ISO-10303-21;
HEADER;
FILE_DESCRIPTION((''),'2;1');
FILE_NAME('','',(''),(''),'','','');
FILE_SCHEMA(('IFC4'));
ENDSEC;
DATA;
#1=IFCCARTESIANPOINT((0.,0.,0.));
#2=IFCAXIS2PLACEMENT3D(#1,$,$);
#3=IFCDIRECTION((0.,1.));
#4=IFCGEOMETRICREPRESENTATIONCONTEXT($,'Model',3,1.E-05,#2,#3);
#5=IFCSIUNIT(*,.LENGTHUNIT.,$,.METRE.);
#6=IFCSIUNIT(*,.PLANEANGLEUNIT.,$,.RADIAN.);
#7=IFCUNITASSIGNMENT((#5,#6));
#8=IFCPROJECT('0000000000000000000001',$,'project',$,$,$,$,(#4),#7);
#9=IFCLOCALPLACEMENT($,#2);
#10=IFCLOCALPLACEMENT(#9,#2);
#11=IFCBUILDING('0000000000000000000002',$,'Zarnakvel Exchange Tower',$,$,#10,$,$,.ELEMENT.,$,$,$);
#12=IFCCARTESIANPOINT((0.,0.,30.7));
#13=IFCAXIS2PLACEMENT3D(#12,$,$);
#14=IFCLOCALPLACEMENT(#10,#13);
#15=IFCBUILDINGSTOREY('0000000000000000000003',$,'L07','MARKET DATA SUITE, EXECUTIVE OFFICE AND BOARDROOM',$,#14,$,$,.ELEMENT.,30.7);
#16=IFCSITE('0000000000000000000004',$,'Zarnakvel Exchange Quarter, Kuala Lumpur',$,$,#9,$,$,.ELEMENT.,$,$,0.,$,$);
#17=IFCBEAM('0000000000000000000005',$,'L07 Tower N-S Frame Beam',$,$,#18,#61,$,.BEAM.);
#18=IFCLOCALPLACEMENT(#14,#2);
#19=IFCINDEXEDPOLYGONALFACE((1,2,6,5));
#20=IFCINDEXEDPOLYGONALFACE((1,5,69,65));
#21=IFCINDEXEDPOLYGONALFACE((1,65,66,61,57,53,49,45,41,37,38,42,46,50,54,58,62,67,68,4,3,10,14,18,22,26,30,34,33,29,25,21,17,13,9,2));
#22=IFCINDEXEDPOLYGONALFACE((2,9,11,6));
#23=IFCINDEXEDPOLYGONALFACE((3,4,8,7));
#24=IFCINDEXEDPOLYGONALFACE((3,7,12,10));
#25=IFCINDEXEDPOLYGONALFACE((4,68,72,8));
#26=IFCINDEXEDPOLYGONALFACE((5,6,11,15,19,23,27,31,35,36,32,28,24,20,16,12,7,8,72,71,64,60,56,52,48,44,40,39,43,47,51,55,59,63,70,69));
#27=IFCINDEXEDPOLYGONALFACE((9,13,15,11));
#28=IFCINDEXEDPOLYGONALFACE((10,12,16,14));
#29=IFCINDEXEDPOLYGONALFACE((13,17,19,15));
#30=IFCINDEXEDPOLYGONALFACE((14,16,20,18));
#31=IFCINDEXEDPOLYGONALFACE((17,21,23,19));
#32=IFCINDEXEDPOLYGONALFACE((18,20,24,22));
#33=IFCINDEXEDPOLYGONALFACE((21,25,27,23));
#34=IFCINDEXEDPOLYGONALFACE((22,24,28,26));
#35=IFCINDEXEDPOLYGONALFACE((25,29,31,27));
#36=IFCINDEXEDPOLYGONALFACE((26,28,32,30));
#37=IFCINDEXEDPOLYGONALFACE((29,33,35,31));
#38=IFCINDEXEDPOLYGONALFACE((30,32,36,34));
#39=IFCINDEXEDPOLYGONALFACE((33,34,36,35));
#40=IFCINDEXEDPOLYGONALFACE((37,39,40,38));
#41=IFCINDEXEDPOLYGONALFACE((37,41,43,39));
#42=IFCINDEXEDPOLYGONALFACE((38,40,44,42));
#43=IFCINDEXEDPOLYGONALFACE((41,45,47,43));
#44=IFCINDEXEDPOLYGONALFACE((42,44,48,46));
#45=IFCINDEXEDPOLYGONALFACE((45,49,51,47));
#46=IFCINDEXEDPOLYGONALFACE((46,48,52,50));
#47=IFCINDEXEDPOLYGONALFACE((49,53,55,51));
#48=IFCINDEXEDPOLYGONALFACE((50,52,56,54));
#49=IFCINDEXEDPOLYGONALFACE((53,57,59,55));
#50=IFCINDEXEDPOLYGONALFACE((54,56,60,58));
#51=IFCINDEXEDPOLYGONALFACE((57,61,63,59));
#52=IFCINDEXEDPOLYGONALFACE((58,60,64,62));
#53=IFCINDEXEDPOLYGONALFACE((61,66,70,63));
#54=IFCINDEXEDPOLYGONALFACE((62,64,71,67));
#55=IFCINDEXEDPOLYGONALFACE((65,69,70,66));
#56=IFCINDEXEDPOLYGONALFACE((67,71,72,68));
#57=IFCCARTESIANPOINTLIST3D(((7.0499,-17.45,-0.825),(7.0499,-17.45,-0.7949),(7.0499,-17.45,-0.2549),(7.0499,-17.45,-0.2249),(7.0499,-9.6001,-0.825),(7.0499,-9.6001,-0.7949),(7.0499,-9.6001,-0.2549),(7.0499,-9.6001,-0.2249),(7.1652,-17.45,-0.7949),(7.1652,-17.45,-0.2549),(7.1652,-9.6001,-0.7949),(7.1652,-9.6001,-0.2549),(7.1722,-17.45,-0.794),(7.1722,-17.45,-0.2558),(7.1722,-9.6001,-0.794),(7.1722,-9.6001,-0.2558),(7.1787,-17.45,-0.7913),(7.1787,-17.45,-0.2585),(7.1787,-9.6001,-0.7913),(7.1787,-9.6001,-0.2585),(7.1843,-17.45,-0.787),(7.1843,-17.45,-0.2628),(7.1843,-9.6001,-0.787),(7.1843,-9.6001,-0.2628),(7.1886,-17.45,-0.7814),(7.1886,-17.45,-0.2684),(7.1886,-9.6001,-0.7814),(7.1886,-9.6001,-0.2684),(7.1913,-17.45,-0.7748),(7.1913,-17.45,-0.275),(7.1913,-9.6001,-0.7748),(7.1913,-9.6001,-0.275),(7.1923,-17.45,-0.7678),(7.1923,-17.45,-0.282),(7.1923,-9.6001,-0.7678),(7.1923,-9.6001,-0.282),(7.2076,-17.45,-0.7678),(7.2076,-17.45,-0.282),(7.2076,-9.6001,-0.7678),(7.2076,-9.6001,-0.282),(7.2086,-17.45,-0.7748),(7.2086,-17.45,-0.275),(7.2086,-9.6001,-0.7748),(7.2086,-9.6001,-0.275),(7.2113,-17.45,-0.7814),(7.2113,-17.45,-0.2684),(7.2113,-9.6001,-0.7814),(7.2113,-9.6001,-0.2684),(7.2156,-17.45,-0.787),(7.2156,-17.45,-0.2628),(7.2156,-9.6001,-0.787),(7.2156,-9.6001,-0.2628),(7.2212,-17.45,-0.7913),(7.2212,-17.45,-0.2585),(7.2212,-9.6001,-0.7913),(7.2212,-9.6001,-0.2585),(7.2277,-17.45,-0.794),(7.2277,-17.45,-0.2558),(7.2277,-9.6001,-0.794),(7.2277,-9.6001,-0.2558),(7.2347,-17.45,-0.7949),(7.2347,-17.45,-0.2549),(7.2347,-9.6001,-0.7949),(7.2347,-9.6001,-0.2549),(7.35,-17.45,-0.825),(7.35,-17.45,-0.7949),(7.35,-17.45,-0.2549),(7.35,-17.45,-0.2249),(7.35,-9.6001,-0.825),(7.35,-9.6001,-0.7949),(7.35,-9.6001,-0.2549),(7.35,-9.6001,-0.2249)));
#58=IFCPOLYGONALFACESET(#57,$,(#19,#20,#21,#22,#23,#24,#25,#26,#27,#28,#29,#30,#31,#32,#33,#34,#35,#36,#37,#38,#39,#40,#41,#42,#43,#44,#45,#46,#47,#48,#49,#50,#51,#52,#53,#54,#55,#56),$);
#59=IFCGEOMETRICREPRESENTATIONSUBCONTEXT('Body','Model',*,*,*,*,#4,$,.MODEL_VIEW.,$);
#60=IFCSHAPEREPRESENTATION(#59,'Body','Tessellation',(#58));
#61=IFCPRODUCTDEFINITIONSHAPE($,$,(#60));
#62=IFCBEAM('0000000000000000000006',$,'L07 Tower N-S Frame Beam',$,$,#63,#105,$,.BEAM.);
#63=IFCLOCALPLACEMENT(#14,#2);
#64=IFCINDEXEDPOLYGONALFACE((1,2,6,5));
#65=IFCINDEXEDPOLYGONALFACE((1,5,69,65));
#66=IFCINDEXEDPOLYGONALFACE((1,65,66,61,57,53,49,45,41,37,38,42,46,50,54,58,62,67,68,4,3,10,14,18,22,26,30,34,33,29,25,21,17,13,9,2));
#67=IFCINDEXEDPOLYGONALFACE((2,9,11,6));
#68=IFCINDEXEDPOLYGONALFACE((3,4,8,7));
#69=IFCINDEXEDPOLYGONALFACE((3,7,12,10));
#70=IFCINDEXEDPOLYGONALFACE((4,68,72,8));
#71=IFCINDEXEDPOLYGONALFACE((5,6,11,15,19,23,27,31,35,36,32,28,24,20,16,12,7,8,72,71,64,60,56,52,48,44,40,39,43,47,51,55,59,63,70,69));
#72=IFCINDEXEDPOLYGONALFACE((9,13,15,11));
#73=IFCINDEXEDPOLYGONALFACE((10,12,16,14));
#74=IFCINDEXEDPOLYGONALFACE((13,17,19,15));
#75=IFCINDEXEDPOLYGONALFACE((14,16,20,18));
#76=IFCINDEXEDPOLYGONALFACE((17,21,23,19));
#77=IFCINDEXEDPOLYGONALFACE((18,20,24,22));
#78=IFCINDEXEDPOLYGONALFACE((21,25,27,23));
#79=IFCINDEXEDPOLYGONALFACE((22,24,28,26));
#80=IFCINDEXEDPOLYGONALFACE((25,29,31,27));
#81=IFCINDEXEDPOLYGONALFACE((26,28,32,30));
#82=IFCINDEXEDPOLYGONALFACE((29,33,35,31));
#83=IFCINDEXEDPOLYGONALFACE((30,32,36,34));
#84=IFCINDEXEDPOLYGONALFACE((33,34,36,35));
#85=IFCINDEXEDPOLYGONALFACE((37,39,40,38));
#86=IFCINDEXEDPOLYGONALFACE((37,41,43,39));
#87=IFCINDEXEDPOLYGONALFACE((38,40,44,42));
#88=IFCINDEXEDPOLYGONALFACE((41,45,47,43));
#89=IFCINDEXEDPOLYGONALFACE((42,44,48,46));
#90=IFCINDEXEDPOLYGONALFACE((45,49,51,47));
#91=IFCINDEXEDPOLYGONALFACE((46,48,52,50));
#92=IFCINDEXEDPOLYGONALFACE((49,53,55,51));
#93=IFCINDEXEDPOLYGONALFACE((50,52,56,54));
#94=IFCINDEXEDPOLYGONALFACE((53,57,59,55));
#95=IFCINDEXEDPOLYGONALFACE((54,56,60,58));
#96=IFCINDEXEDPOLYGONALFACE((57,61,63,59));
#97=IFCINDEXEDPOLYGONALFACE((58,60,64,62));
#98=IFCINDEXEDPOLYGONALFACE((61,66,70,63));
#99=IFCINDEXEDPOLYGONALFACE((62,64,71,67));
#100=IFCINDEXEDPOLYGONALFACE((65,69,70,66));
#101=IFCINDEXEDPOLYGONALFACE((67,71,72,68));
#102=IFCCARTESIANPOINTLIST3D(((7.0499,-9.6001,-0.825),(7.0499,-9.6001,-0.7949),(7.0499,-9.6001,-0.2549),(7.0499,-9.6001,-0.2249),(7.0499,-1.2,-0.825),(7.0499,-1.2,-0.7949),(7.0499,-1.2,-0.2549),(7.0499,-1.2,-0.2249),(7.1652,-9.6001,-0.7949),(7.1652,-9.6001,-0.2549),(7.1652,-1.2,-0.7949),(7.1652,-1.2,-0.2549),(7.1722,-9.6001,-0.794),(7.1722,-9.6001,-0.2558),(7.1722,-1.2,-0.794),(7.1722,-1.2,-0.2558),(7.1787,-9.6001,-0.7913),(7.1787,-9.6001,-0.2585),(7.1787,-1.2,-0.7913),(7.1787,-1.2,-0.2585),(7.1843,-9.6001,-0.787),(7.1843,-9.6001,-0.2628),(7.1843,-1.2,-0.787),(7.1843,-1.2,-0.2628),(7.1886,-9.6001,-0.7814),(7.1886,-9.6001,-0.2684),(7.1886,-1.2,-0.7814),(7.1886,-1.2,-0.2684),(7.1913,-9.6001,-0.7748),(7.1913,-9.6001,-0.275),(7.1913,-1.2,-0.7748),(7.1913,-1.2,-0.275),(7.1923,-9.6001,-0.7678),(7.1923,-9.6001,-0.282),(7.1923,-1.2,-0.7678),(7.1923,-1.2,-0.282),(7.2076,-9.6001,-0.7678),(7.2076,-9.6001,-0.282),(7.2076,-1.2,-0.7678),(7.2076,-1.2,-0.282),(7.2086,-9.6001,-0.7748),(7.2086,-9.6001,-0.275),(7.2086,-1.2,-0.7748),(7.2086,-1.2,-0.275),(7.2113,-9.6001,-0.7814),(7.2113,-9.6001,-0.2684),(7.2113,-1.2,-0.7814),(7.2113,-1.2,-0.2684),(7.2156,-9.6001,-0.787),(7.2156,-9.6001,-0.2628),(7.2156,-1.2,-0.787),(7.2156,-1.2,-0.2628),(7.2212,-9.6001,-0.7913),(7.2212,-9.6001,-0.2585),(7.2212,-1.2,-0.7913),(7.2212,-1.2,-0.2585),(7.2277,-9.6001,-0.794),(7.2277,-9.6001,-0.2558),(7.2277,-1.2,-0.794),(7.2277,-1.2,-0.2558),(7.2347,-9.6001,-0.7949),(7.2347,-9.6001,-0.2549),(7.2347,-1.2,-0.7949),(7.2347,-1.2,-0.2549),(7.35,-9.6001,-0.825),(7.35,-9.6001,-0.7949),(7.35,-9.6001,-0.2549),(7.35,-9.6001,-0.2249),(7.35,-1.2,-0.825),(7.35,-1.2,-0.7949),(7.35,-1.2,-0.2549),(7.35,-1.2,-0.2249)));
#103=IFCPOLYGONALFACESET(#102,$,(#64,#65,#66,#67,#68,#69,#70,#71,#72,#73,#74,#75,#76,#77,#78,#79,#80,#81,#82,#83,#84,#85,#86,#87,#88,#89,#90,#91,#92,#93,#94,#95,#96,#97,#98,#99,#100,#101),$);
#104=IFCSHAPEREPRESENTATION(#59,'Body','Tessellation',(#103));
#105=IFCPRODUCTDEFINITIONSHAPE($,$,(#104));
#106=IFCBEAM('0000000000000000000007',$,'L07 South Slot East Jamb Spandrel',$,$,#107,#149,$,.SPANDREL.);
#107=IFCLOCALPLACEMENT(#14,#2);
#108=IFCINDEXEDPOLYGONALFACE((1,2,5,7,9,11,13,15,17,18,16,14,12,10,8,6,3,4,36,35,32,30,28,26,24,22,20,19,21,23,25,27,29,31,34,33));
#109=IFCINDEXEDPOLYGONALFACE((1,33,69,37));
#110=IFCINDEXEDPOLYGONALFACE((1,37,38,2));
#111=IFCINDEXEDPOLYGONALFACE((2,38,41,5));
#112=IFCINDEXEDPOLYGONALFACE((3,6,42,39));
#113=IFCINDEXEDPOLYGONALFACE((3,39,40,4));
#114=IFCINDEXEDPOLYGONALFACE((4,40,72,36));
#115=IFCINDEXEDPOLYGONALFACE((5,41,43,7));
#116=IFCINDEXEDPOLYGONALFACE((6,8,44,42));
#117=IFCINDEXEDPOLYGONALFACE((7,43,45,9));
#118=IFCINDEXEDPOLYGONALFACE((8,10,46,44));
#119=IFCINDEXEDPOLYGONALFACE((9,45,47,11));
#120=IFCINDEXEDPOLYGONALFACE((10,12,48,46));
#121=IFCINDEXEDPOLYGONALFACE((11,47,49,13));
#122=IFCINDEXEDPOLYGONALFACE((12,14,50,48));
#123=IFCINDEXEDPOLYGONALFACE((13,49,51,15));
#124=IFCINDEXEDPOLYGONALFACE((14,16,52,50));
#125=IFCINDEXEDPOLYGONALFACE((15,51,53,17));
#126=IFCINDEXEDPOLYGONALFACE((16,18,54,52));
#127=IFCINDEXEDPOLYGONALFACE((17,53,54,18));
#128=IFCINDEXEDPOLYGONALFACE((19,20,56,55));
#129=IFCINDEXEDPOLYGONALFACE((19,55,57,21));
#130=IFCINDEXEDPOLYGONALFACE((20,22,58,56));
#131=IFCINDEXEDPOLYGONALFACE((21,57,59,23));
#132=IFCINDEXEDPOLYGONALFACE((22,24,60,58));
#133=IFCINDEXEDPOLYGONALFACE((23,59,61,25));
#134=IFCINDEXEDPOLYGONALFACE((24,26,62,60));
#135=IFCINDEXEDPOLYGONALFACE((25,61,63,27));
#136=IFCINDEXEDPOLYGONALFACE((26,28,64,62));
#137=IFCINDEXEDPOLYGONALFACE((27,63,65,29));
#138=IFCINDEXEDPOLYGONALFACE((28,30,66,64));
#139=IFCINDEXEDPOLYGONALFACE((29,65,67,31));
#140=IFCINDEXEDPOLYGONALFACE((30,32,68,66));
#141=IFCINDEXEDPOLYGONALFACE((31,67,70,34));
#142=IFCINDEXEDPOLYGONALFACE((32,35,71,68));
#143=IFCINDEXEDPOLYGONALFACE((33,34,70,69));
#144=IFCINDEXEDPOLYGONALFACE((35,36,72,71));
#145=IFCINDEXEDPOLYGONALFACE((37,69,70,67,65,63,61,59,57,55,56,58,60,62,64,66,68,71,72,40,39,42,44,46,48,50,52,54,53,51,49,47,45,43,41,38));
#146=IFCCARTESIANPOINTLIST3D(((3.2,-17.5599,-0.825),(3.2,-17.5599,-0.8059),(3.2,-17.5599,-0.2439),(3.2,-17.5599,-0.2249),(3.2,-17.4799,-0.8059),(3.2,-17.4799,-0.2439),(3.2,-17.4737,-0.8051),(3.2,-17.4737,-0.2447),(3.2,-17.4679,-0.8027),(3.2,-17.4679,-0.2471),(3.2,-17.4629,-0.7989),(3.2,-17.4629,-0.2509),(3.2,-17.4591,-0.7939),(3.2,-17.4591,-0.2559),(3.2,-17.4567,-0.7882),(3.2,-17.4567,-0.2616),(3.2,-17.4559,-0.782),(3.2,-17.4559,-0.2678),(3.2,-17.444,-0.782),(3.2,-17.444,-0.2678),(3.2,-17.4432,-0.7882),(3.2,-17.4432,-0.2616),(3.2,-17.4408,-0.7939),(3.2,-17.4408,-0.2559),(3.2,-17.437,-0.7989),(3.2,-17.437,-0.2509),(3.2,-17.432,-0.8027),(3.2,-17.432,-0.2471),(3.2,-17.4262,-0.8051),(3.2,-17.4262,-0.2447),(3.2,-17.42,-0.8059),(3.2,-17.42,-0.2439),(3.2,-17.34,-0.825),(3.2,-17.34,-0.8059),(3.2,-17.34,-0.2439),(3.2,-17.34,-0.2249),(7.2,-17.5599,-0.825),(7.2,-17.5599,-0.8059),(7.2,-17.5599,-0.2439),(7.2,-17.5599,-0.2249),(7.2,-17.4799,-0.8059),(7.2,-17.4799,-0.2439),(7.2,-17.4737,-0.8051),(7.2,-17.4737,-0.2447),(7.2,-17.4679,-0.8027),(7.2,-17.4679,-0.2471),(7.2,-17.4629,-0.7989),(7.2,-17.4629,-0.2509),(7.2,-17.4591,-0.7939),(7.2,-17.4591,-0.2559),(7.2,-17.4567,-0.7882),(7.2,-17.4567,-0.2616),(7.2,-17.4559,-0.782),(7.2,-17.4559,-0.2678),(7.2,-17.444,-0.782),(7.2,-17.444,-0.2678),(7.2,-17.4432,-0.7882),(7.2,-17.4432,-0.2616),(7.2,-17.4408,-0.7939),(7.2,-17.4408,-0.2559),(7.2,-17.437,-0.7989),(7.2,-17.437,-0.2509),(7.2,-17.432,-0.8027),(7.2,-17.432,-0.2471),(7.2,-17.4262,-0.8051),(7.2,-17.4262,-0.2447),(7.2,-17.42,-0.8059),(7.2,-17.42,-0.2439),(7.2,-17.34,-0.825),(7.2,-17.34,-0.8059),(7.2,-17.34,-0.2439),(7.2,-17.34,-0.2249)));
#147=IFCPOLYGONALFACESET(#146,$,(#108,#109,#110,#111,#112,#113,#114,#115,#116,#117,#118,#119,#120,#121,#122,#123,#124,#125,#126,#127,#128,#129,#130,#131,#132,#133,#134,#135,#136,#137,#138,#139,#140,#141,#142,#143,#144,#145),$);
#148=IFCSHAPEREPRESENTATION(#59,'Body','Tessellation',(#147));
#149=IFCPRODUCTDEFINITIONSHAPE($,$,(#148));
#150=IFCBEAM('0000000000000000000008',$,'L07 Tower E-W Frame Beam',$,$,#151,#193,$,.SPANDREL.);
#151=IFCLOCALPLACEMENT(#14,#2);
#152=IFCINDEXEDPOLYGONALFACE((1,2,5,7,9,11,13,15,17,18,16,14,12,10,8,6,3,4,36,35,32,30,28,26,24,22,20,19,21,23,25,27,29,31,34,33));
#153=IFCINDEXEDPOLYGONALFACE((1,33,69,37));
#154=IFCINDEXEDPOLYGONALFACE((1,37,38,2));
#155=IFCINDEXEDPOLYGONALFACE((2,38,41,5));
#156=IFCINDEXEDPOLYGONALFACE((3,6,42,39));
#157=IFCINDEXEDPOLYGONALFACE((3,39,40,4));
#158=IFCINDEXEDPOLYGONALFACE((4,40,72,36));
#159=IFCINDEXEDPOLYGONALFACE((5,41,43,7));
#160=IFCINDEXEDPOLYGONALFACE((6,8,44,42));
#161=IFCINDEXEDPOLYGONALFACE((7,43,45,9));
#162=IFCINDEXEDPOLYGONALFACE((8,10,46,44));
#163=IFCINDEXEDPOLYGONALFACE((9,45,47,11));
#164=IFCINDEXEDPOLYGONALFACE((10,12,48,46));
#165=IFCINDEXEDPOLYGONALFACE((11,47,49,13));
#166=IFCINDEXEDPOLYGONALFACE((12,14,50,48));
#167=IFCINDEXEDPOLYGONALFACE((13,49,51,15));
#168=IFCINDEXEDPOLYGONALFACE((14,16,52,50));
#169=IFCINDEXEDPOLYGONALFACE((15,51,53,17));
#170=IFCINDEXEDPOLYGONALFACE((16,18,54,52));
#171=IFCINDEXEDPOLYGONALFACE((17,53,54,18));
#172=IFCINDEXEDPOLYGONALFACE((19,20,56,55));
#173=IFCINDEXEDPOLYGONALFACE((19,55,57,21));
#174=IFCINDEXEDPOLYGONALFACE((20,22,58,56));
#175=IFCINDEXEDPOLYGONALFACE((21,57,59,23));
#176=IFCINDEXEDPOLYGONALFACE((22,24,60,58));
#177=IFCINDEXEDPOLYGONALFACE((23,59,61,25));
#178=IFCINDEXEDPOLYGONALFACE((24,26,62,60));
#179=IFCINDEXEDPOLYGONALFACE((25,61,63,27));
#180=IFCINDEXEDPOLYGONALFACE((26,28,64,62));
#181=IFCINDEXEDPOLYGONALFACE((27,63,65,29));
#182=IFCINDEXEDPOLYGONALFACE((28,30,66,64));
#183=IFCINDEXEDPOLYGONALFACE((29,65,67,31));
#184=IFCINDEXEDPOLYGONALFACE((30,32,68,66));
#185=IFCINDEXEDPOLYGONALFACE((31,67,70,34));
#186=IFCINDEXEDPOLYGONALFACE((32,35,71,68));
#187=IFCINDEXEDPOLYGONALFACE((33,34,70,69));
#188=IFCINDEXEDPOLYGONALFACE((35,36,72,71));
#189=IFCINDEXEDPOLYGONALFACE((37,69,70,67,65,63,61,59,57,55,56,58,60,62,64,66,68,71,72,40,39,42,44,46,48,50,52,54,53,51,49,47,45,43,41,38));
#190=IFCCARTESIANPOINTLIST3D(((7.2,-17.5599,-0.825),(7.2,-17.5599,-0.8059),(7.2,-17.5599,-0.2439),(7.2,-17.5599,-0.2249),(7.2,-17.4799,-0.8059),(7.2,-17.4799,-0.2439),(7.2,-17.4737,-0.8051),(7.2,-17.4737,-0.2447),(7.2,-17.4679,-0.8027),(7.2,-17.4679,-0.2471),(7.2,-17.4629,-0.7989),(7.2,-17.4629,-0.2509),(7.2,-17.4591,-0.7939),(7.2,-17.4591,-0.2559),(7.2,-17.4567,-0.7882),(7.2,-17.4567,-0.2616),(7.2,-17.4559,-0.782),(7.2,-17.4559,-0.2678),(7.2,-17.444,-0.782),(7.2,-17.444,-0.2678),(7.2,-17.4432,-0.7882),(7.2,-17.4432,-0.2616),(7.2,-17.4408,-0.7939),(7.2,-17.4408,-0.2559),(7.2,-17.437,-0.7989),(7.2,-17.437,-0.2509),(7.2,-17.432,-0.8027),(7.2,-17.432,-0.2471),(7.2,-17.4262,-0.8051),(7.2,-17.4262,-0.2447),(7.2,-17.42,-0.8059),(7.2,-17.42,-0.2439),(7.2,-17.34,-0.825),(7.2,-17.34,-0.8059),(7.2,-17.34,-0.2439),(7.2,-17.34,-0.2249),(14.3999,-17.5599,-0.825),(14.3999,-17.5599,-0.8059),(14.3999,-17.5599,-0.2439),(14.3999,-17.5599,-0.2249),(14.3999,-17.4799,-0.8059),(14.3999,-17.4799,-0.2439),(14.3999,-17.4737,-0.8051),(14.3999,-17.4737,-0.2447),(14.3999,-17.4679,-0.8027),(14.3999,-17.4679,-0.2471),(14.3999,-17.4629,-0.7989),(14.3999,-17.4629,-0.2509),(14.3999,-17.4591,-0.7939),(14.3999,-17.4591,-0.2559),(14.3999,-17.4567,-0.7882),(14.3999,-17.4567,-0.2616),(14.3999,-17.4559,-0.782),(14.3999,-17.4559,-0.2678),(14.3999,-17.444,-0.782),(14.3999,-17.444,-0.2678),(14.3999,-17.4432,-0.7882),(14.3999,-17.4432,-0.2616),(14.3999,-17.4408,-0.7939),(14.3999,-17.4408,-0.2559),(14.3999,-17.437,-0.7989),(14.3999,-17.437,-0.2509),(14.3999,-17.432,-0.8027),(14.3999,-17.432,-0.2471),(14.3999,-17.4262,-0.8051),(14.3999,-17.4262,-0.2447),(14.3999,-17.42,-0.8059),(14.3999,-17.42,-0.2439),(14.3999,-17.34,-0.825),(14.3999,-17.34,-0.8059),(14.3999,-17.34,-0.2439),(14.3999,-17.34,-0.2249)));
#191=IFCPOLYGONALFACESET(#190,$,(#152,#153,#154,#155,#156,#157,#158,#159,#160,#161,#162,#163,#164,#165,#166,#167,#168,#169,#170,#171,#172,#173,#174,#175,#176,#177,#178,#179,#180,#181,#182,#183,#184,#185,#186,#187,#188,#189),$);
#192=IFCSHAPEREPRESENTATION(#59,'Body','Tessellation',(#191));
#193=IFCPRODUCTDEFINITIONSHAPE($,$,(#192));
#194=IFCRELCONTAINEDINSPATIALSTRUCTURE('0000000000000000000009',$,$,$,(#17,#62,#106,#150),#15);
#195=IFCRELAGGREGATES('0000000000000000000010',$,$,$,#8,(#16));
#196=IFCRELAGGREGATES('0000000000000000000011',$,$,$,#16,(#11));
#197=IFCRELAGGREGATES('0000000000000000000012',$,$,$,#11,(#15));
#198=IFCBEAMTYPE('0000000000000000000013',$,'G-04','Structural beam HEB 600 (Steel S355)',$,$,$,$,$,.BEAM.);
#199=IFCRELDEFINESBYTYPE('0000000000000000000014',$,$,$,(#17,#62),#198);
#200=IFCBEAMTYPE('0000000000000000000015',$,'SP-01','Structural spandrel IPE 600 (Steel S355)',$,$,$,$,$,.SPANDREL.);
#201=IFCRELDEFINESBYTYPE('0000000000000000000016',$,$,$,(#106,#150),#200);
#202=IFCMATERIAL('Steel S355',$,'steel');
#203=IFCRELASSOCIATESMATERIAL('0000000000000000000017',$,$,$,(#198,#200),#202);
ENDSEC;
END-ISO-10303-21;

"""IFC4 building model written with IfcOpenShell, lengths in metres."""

from ifc_helpers import new_model, si_unit, direction, frame, origin, origin_2d, place, context, subcontext, project, spatial, i_section, extrude, material, material_profile, profile_set, type_object, element, save


model = new_model("IFC4")

# Units and contexts
model_context = context("Model", 3, precision=1e-05, world=origin(), true_north=direction((0.0, 1.0)))
body_context = subcontext(model_context, "Body", "Model", "MODEL_VIEW")
ifc_project = project(units=[si_unit("LENGTHUNIT", "METRE"), si_unit("PLANEANGLEUNIT", "RADIAN")], contexts=[model_context])

# Site, building, storey
site_placement = place(None, origin())
site = spatial("IfcSite", under=ifc_project, at=site_placement, Name="Zarnakvel Exchange Quarter, Kuala Lumpur", CompositionType="ELEMENT", RefElevation=0.0)
building_placement = place(site_placement, origin())
building = spatial("IfcBuilding", under=site, at=building_placement, Name="Zarnakvel Exchange Tower", CompositionType="ELEMENT")
storey_placement = place(building_placement, frame((0.0, 0.0, 30.7)))
storey = spatial("IfcBuildingStorey", under=building, at=storey_placement, Name="L07", Description="MARKET DATA SUITE, EXECUTIVE OFFICE AND BOARDROOM", CompositionType="ELEMENT", Elevation=30.7)

# Beams
ifc_material_1 = material(Name="Steel S355", Category="steel")
ifc_material_profile_1 = material_profile(ifc_material_1, i_section(OverallWidth=0.3, OverallDepth=0.6001, WebThickness=0.0154, FlangeThickness=0.03, FilletRadius=0.0271, at=origin_2d()))
ifc_profile_set_1 = profile_set([ifc_material_profile_1], Name="Steel S355")
beam_type_1 = type_object("IfcBeamType", Name="G-04", Description="Structural beam HEB 600 (Steel S355)", PredefinedType="BEAM", material=ifc_profile_set_1)
beam_1_placement = place(storey_placement, frame((7.2, -17.45, -0.5249), z_axis=(0.0, 1.0, 0.0), x_axis=(-1.0, 0.0, 0.0)))
element("IfcBeam", 1, at=beam_1_placement, inside=storey, type_object=beam_type_1, Name="L07 Tower N-S Frame Beam", PredefinedType="BEAM", context=body_context, shape_type="SweptSolid", body=[
    extrude(i_section(OverallWidth=0.3, OverallDepth=0.6001, WebThickness=0.0154, FlangeThickness=0.03, FilletRadius=0.0271, at=origin_2d()), origin(), (0.0, 0.0, 1.0), 7.8499),
])
beam_2_placement = place(storey_placement, frame((7.2, -9.6001, -0.5249), z_axis=(0.0, 1.0, 0.0), x_axis=(-1.0, 0.0, 0.0)))
element("IfcBeam", 2, at=beam_2_placement, inside=storey, type_object=beam_type_1, Name="L07 Tower N-S Frame Beam", PredefinedType="BEAM", context=body_context, shape_type="SweptSolid", body=[
    extrude(i_section(OverallWidth=0.3, OverallDepth=0.6001, WebThickness=0.0154, FlangeThickness=0.03, FilletRadius=0.0271, at=origin_2d()), origin(), (0.0, 0.0, 1.0), 8.4001),
])
ifc_material_profile_2 = material_profile(ifc_material_1, i_section(OverallWidth=0.22, OverallDepth=0.6001, WebThickness=0.012, FlangeThickness=0.019, FilletRadius=0.0239, at=origin_2d()))
ifc_profile_set_2 = profile_set([ifc_material_profile_2], Name="Steel S355")
beam_type_2 = type_object("IfcBeamType", Name="SP-01", Description="Structural spandrel IPE 600 (Steel S355)", PredefinedType="SPANDREL", material=ifc_profile_set_2)
beam_3_placement = place(storey_placement, frame((3.2, -17.45, -0.5249), z_axis=(1.0, 0.0, 0.0), x_axis=(0.0, 1.0, 0.0)))
element("IfcBeam", 3, at=beam_3_placement, inside=storey, type_object=beam_type_2, Name="L07 South Slot East Jamb Spandrel", PredefinedType="SPANDREL", context=body_context, shape_type="SweptSolid", body=[
    extrude(i_section(OverallWidth=0.22, OverallDepth=0.6001, WebThickness=0.012, FlangeThickness=0.019, FilletRadius=0.0239, at=origin_2d()), origin(), (0.0, 0.0, 1.0), 4.0),
])
beam_4_placement = place(storey_placement, frame((7.2, -17.45, -0.5249), z_axis=(1.0, 0.0, 0.0), x_axis=(0.0, 1.0, 0.0)))
element("IfcBeam", 4, at=beam_4_placement, inside=storey, type_object=beam_type_2, Name="L07 Tower E-W Frame Beam", PredefinedType="SPANDREL", context=body_context, shape_type="SweptSolid", body=[
    extrude(i_section(OverallWidth=0.22, OverallDepth=0.6001, WebThickness=0.012, FlangeThickness=0.019, FilletRadius=0.0239, at=origin_2d()), origin(), (0.0, 0.0, 1.0), 7.2),
])

save(model, "model.ifc")
